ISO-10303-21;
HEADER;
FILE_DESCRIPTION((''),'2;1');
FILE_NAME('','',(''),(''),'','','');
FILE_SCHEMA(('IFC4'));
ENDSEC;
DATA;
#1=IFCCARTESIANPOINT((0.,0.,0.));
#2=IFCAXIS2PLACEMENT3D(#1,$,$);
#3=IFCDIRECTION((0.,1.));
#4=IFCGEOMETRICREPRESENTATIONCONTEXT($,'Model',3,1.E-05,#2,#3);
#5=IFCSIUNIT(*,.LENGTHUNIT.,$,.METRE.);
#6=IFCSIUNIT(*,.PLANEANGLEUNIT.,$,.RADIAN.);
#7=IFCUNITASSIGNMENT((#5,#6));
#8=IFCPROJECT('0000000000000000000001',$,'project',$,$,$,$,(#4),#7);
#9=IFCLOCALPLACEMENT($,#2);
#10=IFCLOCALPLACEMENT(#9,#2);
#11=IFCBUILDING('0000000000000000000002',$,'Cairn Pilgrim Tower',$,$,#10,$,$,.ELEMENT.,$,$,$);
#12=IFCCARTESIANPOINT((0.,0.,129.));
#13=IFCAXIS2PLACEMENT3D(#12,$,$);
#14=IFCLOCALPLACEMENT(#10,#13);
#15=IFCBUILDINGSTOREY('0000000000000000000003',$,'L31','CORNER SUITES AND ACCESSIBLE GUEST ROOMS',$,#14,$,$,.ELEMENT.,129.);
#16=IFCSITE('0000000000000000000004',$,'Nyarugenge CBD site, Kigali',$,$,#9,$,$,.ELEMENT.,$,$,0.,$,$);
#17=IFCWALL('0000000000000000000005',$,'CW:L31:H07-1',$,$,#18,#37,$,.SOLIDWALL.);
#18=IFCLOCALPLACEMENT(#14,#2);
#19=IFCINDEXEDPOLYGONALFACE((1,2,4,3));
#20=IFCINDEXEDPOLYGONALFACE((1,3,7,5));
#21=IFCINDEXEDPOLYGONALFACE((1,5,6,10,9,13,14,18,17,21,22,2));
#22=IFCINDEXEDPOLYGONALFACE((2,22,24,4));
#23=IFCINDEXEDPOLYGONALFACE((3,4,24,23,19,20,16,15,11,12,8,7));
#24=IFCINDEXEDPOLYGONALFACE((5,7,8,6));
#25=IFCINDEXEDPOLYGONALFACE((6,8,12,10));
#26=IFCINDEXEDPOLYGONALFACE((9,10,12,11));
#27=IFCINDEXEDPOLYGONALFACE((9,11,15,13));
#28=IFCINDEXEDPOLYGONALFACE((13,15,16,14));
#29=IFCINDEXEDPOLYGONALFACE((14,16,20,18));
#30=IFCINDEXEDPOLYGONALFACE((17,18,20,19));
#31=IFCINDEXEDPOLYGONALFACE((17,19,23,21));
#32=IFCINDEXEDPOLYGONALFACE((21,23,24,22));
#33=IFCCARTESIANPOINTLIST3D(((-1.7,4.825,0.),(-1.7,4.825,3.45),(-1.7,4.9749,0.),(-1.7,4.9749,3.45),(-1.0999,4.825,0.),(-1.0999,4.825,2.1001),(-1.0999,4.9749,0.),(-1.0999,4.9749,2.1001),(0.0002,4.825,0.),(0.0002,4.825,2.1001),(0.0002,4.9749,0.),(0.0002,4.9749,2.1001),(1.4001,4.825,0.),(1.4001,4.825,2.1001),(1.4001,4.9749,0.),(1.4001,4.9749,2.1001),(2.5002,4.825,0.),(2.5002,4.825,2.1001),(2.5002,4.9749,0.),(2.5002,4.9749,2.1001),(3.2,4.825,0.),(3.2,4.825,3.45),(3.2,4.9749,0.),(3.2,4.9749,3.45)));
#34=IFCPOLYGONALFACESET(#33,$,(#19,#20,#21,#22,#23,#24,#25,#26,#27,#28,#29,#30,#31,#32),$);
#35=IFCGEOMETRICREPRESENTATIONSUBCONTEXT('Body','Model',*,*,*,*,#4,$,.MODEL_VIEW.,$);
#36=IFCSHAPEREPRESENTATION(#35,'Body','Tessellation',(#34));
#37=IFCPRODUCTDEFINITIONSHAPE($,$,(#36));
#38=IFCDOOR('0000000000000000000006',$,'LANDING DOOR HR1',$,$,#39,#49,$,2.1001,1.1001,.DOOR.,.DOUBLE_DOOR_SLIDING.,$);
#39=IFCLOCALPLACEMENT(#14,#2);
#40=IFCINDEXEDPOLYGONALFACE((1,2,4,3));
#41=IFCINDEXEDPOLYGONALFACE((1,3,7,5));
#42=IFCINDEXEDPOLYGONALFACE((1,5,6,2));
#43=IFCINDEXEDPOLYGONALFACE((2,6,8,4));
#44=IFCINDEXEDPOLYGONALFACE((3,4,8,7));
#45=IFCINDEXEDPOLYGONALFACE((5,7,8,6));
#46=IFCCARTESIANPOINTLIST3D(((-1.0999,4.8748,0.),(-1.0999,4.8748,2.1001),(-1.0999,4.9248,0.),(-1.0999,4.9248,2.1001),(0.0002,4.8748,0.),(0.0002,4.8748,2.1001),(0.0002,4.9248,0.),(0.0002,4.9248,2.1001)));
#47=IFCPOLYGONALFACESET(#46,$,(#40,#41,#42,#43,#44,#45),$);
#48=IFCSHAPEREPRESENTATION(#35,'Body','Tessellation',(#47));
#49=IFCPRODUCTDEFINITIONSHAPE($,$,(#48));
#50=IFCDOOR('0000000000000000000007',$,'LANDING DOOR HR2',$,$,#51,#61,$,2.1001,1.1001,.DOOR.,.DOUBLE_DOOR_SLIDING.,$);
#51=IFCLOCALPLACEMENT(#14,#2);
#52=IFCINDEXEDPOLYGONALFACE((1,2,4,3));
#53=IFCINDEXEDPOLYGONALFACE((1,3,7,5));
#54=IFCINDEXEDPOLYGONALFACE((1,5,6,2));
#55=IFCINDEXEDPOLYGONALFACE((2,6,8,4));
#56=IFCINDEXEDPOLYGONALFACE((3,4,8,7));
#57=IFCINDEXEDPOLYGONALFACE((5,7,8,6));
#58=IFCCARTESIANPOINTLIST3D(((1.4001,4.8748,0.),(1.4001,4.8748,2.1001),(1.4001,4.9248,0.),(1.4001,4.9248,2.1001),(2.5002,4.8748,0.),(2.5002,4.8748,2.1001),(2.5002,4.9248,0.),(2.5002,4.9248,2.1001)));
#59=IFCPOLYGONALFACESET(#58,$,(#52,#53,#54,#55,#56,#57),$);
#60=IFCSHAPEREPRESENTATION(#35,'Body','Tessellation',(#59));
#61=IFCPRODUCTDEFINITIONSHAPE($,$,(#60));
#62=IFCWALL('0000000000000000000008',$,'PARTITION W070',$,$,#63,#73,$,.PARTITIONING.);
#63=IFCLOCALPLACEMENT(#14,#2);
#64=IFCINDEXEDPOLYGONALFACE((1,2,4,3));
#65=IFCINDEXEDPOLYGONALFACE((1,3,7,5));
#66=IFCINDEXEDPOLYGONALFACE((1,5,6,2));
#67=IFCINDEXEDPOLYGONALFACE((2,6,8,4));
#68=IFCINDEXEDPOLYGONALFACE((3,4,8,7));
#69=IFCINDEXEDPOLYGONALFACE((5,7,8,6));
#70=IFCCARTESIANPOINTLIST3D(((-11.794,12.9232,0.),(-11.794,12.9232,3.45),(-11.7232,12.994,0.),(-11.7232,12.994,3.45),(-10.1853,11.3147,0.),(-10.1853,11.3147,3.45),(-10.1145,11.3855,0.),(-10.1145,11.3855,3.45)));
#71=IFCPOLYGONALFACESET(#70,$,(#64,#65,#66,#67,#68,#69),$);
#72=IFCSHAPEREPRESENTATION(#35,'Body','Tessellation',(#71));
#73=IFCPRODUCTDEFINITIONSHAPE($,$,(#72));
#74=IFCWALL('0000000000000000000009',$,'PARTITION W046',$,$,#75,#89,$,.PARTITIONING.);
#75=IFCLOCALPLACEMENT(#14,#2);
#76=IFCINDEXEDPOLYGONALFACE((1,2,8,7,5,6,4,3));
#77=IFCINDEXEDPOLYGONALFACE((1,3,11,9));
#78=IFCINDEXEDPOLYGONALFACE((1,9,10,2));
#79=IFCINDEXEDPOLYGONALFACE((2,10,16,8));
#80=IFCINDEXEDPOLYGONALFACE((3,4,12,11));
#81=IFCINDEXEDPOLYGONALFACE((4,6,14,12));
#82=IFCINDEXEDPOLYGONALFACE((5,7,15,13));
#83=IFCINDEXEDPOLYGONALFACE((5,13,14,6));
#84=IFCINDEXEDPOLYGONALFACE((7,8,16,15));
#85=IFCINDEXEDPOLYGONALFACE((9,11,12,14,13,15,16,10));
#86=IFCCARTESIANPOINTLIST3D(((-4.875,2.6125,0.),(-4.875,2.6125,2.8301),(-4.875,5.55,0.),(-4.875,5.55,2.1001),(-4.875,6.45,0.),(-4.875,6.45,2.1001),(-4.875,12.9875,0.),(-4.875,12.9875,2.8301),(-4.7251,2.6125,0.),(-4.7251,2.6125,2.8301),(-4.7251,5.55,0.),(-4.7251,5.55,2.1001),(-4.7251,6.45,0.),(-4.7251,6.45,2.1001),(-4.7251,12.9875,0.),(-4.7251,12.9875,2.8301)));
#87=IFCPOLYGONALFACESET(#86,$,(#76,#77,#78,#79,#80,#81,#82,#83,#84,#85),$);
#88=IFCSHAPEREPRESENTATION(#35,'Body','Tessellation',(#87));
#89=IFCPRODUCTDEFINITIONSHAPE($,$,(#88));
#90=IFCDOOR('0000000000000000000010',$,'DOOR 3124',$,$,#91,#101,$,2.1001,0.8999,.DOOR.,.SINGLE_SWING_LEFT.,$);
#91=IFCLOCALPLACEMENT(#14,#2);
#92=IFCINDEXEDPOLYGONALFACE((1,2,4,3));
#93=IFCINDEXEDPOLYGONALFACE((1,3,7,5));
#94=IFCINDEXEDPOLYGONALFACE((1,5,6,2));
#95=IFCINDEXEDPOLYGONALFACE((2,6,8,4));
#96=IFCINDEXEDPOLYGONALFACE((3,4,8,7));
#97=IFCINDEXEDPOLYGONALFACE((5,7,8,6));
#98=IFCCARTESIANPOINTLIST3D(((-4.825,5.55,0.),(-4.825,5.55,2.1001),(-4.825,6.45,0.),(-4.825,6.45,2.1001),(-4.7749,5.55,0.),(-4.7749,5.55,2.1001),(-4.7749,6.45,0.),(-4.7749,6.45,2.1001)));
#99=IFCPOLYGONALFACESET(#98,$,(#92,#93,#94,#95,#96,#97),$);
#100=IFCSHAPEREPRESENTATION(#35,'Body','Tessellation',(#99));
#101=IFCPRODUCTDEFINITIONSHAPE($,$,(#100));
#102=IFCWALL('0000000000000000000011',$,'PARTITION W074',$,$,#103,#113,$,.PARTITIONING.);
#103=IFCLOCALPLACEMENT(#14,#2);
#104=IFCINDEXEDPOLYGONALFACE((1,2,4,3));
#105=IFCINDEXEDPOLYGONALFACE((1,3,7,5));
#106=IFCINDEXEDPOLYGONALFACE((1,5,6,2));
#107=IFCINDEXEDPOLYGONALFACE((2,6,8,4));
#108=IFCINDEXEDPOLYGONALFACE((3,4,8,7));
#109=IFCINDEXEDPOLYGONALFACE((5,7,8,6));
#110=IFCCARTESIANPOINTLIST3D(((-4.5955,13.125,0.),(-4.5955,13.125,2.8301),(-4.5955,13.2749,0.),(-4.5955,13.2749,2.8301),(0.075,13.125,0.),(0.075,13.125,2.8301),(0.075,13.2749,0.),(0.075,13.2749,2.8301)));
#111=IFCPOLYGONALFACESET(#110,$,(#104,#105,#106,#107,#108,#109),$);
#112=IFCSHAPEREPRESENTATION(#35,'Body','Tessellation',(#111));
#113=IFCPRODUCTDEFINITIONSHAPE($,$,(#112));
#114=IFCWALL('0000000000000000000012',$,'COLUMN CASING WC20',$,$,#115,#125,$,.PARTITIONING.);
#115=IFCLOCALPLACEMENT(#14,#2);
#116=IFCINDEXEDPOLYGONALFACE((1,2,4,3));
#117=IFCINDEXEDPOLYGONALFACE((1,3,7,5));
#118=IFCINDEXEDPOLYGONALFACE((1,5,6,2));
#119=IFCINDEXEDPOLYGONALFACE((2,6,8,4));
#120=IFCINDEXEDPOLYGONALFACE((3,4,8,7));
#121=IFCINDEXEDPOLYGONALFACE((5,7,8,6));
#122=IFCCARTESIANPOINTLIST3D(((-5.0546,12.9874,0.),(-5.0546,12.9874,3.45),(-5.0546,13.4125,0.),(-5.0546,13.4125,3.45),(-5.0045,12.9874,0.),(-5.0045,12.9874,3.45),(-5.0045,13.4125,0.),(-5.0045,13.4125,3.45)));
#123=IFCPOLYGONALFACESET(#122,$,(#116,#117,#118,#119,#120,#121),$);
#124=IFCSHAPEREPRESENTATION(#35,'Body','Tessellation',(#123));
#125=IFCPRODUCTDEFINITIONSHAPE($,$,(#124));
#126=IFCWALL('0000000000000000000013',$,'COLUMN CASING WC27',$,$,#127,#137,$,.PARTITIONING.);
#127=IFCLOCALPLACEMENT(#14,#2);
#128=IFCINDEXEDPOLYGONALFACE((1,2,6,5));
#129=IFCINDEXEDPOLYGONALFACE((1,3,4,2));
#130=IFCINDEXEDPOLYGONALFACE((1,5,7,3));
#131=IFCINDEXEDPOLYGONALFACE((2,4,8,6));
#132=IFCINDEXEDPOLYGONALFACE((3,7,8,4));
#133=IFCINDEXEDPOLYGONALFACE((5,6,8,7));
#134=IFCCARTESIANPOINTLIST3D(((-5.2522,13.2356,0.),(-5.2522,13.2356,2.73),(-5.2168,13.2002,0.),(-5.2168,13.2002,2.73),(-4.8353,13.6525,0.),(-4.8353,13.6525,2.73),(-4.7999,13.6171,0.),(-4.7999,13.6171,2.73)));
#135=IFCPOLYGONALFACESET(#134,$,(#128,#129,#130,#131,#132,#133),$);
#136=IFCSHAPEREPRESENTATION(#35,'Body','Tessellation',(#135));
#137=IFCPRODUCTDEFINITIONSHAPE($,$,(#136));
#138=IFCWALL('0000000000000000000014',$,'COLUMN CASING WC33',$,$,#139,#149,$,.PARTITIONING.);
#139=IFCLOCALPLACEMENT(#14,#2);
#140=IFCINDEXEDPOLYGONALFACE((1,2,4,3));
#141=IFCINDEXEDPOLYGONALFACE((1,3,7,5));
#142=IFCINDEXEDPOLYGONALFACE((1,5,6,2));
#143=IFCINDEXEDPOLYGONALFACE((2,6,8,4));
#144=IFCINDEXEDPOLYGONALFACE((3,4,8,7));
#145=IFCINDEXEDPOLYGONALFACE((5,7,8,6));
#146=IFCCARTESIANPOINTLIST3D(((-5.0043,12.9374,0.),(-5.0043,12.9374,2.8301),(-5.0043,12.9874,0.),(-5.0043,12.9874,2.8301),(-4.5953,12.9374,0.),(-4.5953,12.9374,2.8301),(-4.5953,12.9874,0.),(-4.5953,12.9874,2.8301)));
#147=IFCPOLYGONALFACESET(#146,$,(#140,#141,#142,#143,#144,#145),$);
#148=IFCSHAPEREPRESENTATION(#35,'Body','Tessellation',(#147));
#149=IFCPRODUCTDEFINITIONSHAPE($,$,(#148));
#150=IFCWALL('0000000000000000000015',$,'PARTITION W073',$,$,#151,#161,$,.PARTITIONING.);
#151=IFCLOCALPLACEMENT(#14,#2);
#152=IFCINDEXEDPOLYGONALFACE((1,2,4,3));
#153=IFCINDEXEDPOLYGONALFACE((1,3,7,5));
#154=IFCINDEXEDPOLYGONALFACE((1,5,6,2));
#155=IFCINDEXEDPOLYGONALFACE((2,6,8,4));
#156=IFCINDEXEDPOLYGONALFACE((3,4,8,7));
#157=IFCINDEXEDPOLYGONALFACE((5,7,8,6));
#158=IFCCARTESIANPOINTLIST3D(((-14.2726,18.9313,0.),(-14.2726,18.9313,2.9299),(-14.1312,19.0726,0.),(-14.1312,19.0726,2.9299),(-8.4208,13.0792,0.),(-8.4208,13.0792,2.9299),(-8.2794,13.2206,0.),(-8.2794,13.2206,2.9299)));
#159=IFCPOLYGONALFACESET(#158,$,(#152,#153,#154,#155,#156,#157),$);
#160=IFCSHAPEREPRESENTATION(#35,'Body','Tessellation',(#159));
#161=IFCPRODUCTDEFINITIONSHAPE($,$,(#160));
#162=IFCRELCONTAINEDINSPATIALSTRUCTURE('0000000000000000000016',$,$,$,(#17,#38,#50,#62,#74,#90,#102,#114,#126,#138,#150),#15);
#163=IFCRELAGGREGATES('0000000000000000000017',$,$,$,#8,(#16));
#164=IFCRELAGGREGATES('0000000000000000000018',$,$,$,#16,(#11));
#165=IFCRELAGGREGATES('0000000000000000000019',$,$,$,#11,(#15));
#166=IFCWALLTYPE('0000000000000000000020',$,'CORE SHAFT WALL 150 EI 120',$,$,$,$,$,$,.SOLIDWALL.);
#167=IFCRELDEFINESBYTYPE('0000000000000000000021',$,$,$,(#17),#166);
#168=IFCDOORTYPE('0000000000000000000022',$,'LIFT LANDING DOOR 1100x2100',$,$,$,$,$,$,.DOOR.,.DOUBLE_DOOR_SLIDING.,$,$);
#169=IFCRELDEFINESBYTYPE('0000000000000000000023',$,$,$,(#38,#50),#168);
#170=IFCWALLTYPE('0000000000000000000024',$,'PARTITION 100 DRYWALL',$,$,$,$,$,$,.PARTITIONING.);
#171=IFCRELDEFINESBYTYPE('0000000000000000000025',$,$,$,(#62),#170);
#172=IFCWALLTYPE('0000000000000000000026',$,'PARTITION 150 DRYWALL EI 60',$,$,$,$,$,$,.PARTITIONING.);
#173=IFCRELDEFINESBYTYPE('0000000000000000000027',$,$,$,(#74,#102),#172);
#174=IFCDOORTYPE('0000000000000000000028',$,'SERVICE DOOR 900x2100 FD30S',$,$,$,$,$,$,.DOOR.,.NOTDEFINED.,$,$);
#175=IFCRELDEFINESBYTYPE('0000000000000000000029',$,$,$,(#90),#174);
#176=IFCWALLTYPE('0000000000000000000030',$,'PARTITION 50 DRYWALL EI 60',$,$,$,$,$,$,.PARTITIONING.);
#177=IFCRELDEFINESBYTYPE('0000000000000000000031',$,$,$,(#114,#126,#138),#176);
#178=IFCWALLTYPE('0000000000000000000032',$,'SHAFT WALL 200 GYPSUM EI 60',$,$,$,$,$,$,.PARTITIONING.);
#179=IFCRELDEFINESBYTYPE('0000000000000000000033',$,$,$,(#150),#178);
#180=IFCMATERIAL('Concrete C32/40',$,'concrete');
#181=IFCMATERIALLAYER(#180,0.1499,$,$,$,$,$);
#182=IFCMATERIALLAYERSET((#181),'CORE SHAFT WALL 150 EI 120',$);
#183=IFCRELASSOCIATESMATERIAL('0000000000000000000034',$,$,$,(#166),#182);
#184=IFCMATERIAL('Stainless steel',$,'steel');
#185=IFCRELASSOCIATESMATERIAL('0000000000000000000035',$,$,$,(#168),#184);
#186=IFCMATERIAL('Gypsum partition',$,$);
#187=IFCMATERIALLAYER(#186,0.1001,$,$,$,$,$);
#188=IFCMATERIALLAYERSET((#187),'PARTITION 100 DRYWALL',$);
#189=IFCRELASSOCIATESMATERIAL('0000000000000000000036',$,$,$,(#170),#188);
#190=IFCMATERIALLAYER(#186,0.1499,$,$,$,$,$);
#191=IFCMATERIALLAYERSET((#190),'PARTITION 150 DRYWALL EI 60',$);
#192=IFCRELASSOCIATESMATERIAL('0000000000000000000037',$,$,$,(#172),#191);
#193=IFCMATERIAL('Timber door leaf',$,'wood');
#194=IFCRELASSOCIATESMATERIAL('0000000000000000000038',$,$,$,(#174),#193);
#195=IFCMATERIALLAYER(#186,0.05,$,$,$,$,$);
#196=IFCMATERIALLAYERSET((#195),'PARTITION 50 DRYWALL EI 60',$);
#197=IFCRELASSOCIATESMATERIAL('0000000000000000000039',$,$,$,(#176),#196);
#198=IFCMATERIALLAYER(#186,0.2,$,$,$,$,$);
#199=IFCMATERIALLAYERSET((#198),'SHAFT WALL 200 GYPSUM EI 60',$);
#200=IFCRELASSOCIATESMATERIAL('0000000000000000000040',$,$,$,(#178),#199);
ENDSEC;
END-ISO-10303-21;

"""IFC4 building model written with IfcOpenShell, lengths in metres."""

from ifc_helpers import new_model, si_unit, direction, frame, frame_2d, origin, place, context, subcontext, project, spatial, rectangle, extrude, material, layer, layer_set, type_object, element, fill, save


model = new_model("IFC4")

# Units and contexts
model_context = context("Model", 3, precision=1e-05, world=origin(), true_north=direction((0.0, 1.0)))
body_context = subcontext(model_context, "Body", "Model", "MODEL_VIEW")
ifc_project = project(units=[si_unit("LENGTHUNIT", "METRE"), si_unit("PLANEANGLEUNIT", "RADIAN")], contexts=[model_context])

# Site, building, storey
site_placement = place(None, origin())
site = spatial("IfcSite", under=ifc_project, at=site_placement, Name="Nyarugenge CBD site, Kigali", CompositionType="ELEMENT", RefElevation=0.0)
building_placement = place(site_placement, origin())
building = spatial("IfcBuilding", under=site, at=building_placement, Name="Cairn Pilgrim Tower", CompositionType="ELEMENT")
storey_placement = place(building_placement, frame((0.0, 0.0, 129.0)))
storey = spatial("IfcBuildingStorey", under=building, at=storey_placement, Name="L31", Description="CORNER SUITES AND ACCESSIBLE GUEST ROOMS", CompositionType="ELEMENT", Elevation=129.0)

# Wall, openings, doors
ifc_material_1 = material(Name="Concrete C32/40", Category="concrete")
ifc_layer_1 = layer(ifc_material_1, 0.1499)
ifc_layer_set_1 = layer_set([ifc_layer_1], Name="CORE SHAFT WALL 150 EI 120")
wall_type_1 = type_object("IfcWallType", Name="CORE SHAFT WALL 150 EI 120", PredefinedType="SOLIDWALL", material=ifc_layer_set_1)
wall_1_placement = place(storey_placement, frame((-1.7, 4.8999, 0.0), z_axis=(0.0, 0.0, 1.0), x_axis=(1.0, 0.0, 0.0)))
wall_1 = element("IfcWall", 1, at=wall_1_placement, inside=storey, type_object=wall_type_1, Name="CW:L31:H07-1", PredefinedType="SOLIDWALL", context=body_context, shape_type="SweptSolid", body=[
    extrude(rectangle(XDim=4.8999, YDim=0.1499, at=frame_2d((2.45, 0.0))), origin(), (0.0, 0.0, 1.0), 3.45),
])
opening_1_placement = place(wall_1_placement, frame((0.6001, 0.0, 0.0)))
opening_1 = element("IfcOpeningElement", 2, at=opening_1_placement, cuts=wall_1, PredefinedType="OPENING", context=body_context, shape_type="SweptSolid", body=[
    extrude(rectangle(XDim=1.1001, YDim=2.1001, at=frame_2d((0.55, 1.05))), frame((0.0, 0.085, 0.0), z_axis=(0.0, -1.0, 0.0), x_axis=(1.0, 0.0, 0.0)), (0.0, 0.0, 1.0), 0.1699),
])
opening_2_placement = place(wall_1_placement, frame((3.1001, 0.0, 0.0)))
opening_2 = element("IfcOpeningElement", 3, at=opening_2_placement, cuts=wall_1, PredefinedType="OPENING", context=body_context, shape_type="SweptSolid", body=[
    extrude(rectangle(XDim=1.1001, YDim=2.1001, at=frame_2d((0.55, 1.05))), frame((0.0, 0.085, 0.0), z_axis=(0.0, -1.0, 0.0), x_axis=(1.0, 0.0, 0.0)), (0.0, 0.0, 1.0), 0.1699),
])
ifc_material_2 = material(Name="Stainless steel", Category="steel")
door_type_1 = type_object("IfcDoorType", Name="LIFT LANDING DOOR 1100x2100", OperationType="DOUBLE_DOOR_SLIDING", PredefinedType="DOOR", material=ifc_material_2)
door_1_placement = place(opening_1_placement, origin())
door_1 = element("IfcDoor", 4, at=door_1_placement, inside=storey, type_object=door_type_1, Name="LANDING DOOR HR1", OperationType="DOUBLE_DOOR_SLIDING", OverallHeight=2.1001, OverallWidth=1.1001, PredefinedType="DOOR", context=body_context, shape_type="SweptSolid", body=[
    extrude(rectangle(XDim=1.1001, YDim=2.1001, at=frame_2d((0.55, 1.05))), frame((0.0, 0.0249, 0.0), z_axis=(0.0, -1.0, 0.0), x_axis=(1.0, 0.0, 0.0)), (0.0, 0.0, 1.0), 0.05),
])
fill(opening_1, door_1)
door_2_placement = place(opening_2_placement, origin())
door_2 = element("IfcDoor", 5, at=door_2_placement, inside=storey, type_object=door_type_1, Name="LANDING DOOR HR2", OperationType="DOUBLE_DOOR_SLIDING", OverallHeight=2.1001, OverallWidth=1.1001, PredefinedType="DOOR", context=body_context, shape_type="SweptSolid", body=[
    extrude(rectangle(XDim=1.1001, YDim=2.1001, at=frame_2d((0.55, 1.05))), frame((0.0, 0.0249, 0.0), z_axis=(0.0, -1.0, 0.0), x_axis=(1.0, 0.0, 0.0)), (0.0, 0.0, 1.0), 0.05),
])
fill(opening_2, door_2)

# Wall
ifc_material_3 = material(Name="Gypsum partition")
ifc_layer_2 = layer(ifc_material_3, 0.1001)
ifc_layer_set_2 = layer_set([ifc_layer_2], Name="PARTITION 100 DRYWALL")
wall_type_2 = type_object("IfcWallType", Name="PARTITION 100 DRYWALL", PredefinedType="PARTITIONING", material=ifc_layer_set_2)
wall_2_placement = place(storey_placement, frame((-10.1499, 11.3501, 0.0), z_axis=(0.0, 0.0, 1.0), x_axis=(-0.70716, 0.707053, 0.0)))
element("IfcWall", 6, at=wall_2_placement, inside=storey, type_object=wall_type_2, Name="PARTITION W070", PredefinedType="PARTITIONING", context=body_context, shape_type="SweptSolid", body=[
    extrude(rectangle(XDim=2.2749, YDim=0.1001, at=frame_2d((1.1375, 0.0))), origin(), (0.0, 0.0, 1.0), 3.45),
])

# Wall, opening, door
ifc_layer_3 = layer(ifc_material_3, 0.1499)
ifc_layer_set_3 = layer_set([ifc_layer_3], Name="PARTITION 150 DRYWALL EI 60")
wall_type_3 = type_object("IfcWallType", Name="PARTITION 150 DRYWALL EI 60", PredefinedType="PARTITIONING", material=ifc_layer_set_3)
wall_3_placement = place(storey_placement, frame((-4.8, 2.6125, 0.0), z_axis=(0.0, 0.0, 1.0), x_axis=(0.0, 1.0, 0.0)))
wall_3 = element("IfcWall", 7, at=wall_3_placement, inside=storey, type_object=wall_type_3, Name="PARTITION W046", PredefinedType="PARTITIONING", context=body_context, shape_type="SweptSolid", body=[
    extrude(rectangle(XDim=10.375, YDim=0.1499, at=frame_2d((5.1875, 0.0))), origin(), (0.0, 0.0, 1.0), 2.8301),
])
opening_3_placement = place(wall_3_placement, frame((2.9375, 0.0, 0.0)))
opening_3 = element("IfcOpeningElement", 8, at=opening_3_placement, cuts=wall_3, PredefinedType="OPENING", context=body_context, shape_type="SweptSolid", body=[
    extrude(rectangle(XDim=0.8999, YDim=2.1001, at=frame_2d((0.45, 1.05))), frame((0.0, 0.085, 0.0), z_axis=(0.0, -1.0, 0.0), x_axis=(1.0, 0.0, 0.0)), (0.0, 0.0, 1.0), 0.1699),
])
ifc_material_4 = material(Name="Timber door leaf", Category="wood")
door_type_2 = type_object("IfcDoorType", Name="SERVICE DOOR 900x2100 FD30S", OperationType="NOTDEFINED", PredefinedType="DOOR", material=ifc_material_4)
door_3_placement = place(opening_3_placement, origin())
door_3 = element("IfcDoor", 9, at=door_3_placement, inside=storey, type_object=door_type_2, Name="DOOR 3124", OperationType="SINGLE_SWING_LEFT", OverallHeight=2.1001, OverallWidth=0.8999, PredefinedType="DOOR", context=body_context, shape_type="SweptSolid", body=[
    extrude(rectangle(XDim=0.8999, YDim=2.1001, at=frame_2d((0.45, 1.05))), frame((0.0, 0.0249, 0.0), z_axis=(0.0, -1.0, 0.0), x_axis=(1.0, 0.0, 0.0)), (0.0, 0.0, 1.0), 0.05),
])
fill(opening_3, door_3)

# Walls
wall_4_placement = place(storey_placement, frame((-4.5955, 13.2, 0.0), z_axis=(0.0, 0.0, 1.0), x_axis=(1.0, 0.0, 0.0)))
element("IfcWall", 10, at=wall_4_placement, inside=storey, type_object=wall_type_3, Name="PARTITION W074", PredefinedType="PARTITIONING", context=body_context, shape_type="SweptSolid", body=[
    extrude(rectangle(XDim=4.6704, YDim=0.1499, at=frame_2d((2.3352, 0.0))), origin(), (0.0, 0.0, 1.0), 2.8301),
])
ifc_layer_4 = layer(ifc_material_3, 0.05)
ifc_layer_set_4 = layer_set([ifc_layer_4], Name="PARTITION 50 DRYWALL EI 60")
wall_type_4 = type_object("IfcWallType", Name="PARTITION 50 DRYWALL EI 60", PredefinedType="PARTITIONING", material=ifc_layer_set_4)
wall_5_placement = place(storey_placement, frame((-5.0295, 12.9875, 0.0), z_axis=(0.0, 0.0, 1.0), x_axis=(0.0, 1.0, 0.0)))
element("IfcWall", 11, at=wall_5_placement, inside=storey, type_object=wall_type_4, Name="COLUMN CASING WC20", PredefinedType="PARTITIONING", context=body_context, shape_type="SweptSolid", body=[
    extrude(rectangle(XDim=0.425, YDim=0.05, at=frame_2d((0.2124, 0.0))), origin(), (0.0, 0.0, 1.0), 3.45),
])
wall_6_placement = place(storey_placement, frame((-5.2346, 13.2178, 0.0), z_axis=(0.0, 0.0, 1.0), x_axis=(0.707107, 0.707107, 0.0)))
element("IfcWall", 12, at=wall_6_placement, inside=storey, type_object=wall_type_4, Name="COLUMN CASING WC27", PredefinedType="PARTITIONING", context=body_context, shape_type="SweptSolid", body=[
    extrude(rectangle(XDim=0.5896, YDim=0.05, at=frame_2d((0.2949, 0.0))), origin(), (0.0, 0.0, 1.0), 2.73),
])
wall_7_placement = place(storey_placement, frame((-5.0044, 12.9624, 0.0), z_axis=(0.0, 0.0, 1.0), x_axis=(1.0, 0.0, 0.0)))
element("IfcWall", 13, at=wall_7_placement, inside=storey, type_object=wall_type_4, Name="COLUMN CASING WC33", PredefinedType="PARTITIONING", context=body_context, shape_type="SweptSolid", body=[
    extrude(rectangle(XDim=0.4089, YDim=0.05, at=frame_2d((0.2046, 0.0))), origin(), (0.0, 0.0, 1.0), 2.8301),
])
ifc_layer_5 = layer(ifc_material_3, 0.2)
ifc_layer_set_5 = layer_set([ifc_layer_5], Name="SHAFT WALL 200 GYPSUM EI 60")
wall_type_5 = type_object("IfcWallType", Name="SHAFT WALL 200 GYPSUM EI 60", PredefinedType="PARTITIONING", material=ifc_layer_set_5)
wall_8_placement = place(storey_placement, frame((-8.3501, 13.1499, 0.0), z_axis=(0.0, 0.0, 1.0), x_axis=(-0.707092, 0.707122, 0.0)))
element("IfcWall", 14, at=wall_8_placement, inside=storey, type_object=wall_type_5, Name="PARTITION W073", PredefinedType="PARTITIONING", context=body_context, shape_type="SweptSolid", body=[
    extrude(rectangle(XDim=8.2759, YDim=0.2, at=frame_2d((4.1379, 0.0))), origin(), (0.0, 0.0, 1.0), 2.9299),
])

save(model, "model.ifc")
